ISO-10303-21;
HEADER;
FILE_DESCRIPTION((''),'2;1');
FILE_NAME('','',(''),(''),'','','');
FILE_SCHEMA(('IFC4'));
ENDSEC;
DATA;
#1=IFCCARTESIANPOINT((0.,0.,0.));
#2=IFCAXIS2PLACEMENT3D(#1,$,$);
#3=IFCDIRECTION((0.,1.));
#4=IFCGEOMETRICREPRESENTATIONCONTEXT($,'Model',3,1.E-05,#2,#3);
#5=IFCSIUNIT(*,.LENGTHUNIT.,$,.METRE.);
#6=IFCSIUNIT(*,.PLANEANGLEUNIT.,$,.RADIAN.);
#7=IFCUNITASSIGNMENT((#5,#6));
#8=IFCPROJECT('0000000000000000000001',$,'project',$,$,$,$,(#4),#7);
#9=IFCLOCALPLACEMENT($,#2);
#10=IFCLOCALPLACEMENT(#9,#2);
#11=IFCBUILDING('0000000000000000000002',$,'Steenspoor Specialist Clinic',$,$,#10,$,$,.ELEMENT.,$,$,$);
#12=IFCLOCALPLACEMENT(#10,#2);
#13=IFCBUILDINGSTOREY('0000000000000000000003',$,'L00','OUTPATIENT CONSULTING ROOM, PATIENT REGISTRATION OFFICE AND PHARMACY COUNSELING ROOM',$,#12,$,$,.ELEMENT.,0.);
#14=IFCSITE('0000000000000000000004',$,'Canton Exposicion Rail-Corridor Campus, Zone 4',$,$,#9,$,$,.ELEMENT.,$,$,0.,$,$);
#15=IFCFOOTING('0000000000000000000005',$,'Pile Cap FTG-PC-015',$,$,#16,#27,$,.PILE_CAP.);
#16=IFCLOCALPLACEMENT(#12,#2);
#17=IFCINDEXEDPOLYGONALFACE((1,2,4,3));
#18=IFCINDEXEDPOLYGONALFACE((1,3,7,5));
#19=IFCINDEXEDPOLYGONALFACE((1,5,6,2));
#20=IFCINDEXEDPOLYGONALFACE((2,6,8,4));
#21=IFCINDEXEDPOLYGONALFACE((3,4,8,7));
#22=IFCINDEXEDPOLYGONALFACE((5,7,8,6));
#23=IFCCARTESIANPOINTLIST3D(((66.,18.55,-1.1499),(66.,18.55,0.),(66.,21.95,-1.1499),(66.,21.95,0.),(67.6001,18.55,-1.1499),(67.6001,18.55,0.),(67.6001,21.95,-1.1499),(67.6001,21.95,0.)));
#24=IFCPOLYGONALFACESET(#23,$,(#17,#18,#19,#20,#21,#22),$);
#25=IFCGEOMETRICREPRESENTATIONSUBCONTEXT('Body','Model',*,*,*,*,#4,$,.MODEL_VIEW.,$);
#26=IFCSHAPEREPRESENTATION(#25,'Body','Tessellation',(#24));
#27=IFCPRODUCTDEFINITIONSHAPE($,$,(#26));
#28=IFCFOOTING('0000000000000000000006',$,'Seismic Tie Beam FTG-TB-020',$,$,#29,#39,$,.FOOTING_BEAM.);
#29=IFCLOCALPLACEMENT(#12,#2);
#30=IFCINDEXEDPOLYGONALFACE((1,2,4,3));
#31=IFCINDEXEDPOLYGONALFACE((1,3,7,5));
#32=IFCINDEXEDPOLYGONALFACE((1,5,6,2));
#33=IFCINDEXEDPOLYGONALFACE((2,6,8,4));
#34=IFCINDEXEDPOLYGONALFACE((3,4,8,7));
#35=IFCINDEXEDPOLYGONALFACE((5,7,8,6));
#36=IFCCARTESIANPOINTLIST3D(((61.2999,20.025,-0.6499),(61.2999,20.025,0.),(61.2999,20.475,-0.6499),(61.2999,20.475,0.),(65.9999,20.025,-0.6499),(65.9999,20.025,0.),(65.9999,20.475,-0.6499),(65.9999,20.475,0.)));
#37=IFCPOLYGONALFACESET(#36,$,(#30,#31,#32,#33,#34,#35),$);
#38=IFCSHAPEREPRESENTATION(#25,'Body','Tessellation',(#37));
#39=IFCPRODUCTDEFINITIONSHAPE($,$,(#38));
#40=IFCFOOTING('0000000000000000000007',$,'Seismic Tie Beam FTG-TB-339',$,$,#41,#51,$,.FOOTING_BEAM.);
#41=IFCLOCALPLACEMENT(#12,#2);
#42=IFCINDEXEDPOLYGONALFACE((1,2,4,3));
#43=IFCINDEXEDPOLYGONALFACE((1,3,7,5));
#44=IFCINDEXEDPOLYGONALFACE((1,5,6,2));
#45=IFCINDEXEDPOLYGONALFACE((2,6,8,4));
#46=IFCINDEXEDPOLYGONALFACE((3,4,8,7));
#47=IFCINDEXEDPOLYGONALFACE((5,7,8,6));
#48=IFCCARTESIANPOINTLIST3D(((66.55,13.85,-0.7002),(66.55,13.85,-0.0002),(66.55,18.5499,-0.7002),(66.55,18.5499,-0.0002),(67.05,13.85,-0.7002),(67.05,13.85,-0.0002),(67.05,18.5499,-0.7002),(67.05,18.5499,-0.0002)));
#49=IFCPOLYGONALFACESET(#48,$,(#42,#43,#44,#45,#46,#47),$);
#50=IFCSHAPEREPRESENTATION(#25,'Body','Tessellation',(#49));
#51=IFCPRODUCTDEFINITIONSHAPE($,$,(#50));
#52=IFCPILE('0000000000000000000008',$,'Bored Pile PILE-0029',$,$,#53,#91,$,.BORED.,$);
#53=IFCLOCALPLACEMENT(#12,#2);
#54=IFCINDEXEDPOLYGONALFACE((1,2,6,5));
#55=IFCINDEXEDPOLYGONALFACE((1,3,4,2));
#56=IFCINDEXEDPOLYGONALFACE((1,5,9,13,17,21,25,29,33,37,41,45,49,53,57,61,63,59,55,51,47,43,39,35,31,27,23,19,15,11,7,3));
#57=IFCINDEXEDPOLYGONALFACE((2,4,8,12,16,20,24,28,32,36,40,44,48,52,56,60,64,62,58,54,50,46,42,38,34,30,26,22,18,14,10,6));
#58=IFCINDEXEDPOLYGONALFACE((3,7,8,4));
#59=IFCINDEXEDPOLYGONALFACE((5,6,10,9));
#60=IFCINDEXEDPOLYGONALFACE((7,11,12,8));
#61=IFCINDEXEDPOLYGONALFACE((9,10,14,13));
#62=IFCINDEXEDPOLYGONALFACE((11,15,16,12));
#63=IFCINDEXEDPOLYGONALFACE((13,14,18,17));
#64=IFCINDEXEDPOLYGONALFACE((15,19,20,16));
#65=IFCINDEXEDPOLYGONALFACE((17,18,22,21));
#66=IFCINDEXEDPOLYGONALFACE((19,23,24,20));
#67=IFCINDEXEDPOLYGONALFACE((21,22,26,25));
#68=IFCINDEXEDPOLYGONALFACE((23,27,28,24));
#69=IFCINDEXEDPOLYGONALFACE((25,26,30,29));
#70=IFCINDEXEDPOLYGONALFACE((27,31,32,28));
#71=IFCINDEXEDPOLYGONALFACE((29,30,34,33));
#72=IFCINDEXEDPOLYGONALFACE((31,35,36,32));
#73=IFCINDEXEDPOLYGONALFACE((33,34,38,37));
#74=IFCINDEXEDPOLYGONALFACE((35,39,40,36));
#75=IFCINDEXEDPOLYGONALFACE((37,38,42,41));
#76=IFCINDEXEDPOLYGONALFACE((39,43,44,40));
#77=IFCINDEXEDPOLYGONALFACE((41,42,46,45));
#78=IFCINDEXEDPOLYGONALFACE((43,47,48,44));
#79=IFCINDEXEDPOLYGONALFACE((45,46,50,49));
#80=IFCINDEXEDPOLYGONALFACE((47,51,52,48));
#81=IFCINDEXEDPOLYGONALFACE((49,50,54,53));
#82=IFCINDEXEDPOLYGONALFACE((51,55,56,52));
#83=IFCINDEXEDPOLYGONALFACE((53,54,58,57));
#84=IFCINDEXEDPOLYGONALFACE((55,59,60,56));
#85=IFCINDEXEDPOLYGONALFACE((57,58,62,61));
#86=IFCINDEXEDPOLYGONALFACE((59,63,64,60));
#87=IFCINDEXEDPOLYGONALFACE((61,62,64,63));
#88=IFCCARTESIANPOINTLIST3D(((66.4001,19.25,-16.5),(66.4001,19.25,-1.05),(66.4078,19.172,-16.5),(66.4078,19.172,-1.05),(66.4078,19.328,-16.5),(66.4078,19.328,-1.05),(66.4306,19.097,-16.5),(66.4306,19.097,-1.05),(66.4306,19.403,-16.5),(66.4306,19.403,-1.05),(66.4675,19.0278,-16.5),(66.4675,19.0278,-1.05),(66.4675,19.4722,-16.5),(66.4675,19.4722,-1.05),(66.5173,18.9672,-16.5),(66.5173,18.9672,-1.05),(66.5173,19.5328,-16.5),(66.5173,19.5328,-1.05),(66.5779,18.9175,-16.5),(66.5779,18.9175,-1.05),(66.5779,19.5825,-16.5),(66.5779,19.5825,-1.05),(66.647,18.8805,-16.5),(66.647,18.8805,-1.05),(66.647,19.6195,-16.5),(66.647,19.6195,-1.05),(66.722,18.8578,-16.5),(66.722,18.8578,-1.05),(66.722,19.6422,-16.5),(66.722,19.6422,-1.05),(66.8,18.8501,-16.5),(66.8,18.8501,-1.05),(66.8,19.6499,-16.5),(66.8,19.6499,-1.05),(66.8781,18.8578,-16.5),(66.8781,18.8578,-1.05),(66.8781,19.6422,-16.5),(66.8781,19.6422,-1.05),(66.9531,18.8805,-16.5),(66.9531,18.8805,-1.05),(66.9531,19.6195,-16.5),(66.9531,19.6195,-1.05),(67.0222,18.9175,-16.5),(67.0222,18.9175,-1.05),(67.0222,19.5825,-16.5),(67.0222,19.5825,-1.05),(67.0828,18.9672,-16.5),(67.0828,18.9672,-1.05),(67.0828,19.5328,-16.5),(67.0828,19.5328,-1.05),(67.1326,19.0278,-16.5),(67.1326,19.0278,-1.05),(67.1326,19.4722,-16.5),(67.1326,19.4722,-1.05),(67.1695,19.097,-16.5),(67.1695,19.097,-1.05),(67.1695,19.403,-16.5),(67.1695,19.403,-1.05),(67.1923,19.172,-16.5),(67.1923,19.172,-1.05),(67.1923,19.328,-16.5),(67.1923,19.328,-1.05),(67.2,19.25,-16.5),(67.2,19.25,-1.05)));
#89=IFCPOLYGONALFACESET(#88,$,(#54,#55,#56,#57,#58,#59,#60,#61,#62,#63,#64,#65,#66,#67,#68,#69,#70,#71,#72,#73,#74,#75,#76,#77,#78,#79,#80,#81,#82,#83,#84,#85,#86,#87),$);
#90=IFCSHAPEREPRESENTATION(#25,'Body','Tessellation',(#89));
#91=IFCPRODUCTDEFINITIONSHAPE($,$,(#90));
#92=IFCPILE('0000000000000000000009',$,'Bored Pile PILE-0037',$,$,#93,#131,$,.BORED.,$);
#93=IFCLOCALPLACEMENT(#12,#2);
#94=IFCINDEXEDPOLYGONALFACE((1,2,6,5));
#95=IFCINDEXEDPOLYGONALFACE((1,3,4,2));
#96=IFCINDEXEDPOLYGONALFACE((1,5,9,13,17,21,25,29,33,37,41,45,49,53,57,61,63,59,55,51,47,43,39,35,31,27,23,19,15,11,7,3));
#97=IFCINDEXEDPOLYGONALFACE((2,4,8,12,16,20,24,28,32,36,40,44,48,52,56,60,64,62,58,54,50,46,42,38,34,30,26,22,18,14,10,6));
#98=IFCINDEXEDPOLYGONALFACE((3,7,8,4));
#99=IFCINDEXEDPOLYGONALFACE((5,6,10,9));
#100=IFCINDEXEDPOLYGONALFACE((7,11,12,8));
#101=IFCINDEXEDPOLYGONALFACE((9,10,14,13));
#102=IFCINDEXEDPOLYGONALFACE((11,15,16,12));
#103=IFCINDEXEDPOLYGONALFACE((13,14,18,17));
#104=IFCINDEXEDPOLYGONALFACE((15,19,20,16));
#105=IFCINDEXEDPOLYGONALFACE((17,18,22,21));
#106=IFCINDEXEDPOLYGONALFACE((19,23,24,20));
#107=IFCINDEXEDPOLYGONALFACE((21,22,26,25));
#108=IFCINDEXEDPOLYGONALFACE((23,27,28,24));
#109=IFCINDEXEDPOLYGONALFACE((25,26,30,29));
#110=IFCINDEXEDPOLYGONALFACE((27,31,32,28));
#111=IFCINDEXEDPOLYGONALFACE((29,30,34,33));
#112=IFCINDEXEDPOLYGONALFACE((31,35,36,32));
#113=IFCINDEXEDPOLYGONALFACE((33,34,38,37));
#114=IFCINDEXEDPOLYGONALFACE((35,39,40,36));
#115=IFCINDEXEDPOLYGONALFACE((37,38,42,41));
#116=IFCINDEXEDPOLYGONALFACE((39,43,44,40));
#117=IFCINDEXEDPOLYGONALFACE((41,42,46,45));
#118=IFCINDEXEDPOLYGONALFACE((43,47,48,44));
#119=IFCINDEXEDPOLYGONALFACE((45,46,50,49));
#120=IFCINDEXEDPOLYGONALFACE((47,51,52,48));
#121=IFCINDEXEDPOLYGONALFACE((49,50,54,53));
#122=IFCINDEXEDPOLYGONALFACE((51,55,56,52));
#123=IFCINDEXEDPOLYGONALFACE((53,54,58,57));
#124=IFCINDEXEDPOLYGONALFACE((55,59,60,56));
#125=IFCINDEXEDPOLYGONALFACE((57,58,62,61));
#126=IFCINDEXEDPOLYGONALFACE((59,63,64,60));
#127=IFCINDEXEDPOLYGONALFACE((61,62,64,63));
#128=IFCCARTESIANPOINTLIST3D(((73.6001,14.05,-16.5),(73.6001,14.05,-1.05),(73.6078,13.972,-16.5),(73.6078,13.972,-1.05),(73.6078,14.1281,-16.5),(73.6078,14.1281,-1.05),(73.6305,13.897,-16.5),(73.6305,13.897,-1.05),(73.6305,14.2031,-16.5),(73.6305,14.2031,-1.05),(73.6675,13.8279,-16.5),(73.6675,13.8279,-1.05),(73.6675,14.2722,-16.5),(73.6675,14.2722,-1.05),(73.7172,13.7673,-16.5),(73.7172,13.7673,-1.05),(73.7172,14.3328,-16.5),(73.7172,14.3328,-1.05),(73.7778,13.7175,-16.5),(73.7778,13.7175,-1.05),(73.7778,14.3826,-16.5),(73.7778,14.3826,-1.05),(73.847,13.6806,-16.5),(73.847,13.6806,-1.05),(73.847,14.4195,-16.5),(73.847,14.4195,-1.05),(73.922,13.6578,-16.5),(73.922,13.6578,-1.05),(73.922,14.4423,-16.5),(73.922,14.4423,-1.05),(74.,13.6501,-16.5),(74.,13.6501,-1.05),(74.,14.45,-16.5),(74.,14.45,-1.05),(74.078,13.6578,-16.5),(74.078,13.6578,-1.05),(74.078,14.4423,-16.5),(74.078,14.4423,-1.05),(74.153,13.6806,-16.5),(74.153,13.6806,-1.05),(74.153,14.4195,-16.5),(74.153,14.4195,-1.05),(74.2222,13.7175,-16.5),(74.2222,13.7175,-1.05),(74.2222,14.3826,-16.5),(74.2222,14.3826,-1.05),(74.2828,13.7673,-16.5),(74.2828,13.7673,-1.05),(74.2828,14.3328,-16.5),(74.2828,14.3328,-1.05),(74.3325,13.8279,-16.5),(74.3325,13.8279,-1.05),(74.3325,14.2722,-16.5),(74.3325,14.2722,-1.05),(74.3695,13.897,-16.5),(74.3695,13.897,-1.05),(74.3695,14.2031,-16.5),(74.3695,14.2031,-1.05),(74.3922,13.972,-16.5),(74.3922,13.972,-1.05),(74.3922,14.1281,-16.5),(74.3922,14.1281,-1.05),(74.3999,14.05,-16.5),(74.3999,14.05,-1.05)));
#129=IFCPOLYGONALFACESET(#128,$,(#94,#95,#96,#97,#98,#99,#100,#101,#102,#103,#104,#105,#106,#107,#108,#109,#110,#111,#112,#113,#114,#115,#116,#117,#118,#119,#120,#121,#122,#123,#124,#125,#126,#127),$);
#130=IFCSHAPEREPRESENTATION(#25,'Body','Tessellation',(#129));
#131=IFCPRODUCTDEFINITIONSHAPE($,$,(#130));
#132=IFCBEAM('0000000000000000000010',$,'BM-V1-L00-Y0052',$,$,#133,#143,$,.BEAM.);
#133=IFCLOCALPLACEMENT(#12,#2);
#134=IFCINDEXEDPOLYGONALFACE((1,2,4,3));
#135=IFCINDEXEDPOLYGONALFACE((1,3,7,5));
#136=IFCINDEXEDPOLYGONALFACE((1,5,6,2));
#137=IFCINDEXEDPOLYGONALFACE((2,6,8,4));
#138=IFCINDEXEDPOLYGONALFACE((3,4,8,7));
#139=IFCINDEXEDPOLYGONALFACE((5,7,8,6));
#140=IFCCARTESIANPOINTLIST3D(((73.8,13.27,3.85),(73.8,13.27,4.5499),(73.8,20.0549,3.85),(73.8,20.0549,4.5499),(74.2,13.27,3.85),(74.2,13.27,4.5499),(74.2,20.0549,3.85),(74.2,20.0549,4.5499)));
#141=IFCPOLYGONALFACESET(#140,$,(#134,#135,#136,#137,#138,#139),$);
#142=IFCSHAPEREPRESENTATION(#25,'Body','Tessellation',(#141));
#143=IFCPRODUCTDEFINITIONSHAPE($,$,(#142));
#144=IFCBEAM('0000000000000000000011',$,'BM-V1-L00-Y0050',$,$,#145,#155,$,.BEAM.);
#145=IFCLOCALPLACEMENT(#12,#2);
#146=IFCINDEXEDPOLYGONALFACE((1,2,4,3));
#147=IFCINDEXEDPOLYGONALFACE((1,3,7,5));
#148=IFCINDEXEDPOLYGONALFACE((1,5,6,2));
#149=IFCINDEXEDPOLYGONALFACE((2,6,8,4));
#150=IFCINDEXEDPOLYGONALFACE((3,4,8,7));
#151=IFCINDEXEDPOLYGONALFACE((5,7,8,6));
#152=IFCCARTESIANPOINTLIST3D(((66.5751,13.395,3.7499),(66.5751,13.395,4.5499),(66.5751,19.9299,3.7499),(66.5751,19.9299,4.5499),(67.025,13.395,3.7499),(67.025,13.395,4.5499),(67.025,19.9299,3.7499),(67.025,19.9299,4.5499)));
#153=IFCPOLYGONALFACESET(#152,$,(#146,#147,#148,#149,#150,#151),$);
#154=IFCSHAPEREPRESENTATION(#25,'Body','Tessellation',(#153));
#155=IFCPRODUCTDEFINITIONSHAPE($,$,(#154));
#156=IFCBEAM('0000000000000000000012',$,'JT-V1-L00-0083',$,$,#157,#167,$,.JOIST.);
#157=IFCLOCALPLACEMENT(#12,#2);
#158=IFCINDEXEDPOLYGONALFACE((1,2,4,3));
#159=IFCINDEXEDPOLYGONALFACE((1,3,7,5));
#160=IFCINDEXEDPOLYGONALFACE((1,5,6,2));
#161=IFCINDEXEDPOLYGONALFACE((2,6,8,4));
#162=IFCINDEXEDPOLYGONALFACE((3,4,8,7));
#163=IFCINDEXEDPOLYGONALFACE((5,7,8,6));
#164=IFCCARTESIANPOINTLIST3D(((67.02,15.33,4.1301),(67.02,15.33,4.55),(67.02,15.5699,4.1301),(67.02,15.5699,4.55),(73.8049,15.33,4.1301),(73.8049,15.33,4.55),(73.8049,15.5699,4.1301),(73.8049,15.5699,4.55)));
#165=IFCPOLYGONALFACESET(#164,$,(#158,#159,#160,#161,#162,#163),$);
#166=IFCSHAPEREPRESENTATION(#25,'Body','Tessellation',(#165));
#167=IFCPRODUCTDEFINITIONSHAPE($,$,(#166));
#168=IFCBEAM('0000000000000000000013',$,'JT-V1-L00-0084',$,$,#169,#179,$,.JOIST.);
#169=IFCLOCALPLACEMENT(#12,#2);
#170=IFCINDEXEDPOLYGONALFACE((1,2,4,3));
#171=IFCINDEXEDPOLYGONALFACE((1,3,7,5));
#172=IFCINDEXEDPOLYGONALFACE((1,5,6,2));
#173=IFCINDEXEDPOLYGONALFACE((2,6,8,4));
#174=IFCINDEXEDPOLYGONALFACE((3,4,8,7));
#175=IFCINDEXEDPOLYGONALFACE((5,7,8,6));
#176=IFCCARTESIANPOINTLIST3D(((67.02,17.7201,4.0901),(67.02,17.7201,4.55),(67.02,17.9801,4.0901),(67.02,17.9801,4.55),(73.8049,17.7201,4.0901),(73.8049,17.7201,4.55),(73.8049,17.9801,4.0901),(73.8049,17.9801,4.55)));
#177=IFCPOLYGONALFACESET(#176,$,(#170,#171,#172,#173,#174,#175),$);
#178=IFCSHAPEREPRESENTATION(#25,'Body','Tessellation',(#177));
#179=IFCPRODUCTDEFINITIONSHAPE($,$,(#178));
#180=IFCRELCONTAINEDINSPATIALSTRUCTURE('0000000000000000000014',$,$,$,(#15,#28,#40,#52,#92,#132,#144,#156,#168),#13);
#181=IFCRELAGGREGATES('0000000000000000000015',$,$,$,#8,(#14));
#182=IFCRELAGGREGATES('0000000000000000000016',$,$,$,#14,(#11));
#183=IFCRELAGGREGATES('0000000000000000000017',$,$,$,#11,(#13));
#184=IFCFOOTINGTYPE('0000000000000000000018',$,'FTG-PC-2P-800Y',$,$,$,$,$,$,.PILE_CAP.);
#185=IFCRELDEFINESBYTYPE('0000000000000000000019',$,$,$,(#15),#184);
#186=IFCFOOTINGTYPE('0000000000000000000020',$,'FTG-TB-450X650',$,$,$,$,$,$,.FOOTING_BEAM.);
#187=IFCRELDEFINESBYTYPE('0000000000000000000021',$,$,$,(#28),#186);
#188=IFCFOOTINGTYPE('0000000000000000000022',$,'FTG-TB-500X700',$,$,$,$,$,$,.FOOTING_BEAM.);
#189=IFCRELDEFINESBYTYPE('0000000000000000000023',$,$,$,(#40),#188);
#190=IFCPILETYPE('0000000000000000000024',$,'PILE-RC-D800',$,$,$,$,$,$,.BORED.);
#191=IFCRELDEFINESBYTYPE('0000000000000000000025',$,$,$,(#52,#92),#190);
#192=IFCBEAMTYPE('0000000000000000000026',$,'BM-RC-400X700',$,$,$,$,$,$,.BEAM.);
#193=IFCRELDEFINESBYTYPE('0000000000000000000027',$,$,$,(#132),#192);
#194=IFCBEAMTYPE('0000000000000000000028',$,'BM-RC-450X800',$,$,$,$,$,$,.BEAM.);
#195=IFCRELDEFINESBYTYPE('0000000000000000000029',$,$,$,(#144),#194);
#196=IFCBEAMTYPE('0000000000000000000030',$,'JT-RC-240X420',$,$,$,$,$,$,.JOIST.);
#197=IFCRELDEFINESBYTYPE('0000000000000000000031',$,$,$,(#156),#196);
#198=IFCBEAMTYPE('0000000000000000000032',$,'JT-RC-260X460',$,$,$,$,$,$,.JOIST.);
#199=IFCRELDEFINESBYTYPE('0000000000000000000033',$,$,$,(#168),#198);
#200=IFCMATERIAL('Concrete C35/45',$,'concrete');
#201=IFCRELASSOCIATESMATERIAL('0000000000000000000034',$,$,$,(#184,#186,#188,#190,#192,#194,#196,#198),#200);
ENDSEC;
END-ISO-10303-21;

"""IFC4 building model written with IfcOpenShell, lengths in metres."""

from ifc_helpers import new_model, si_unit, direction, frame, origin, origin_2d, place, context, subcontext, project, spatial, rectangle, circle, extrude, material, material_profile, profile_set, type_object, element, save


model = new_model("IFC4")

# Units and contexts
model_context = context("Model", 3, precision=1e-05, world=origin(), true_north=direction((0.0, 1.0)))
body_context = subcontext(model_context, "Body", "Model", "MODEL_VIEW")
ifc_project = project(units=[si_unit("LENGTHUNIT", "METRE"), si_unit("PLANEANGLEUNIT", "RADIAN")], contexts=[model_context])

# Site, building, storey
site_placement = place(None, origin())
site = spatial("IfcSite", under=ifc_project, at=site_placement, Name="Canton Exposicion Rail-Corridor Campus, Zone 4", CompositionType="ELEMENT", RefElevation=0.0)
building_placement = place(site_placement, origin())
building = spatial("IfcBuilding", under=site, at=building_placement, Name="Steenspoor Specialist Clinic", CompositionType="ELEMENT")
storey_placement = place(building_placement, origin())
storey = spatial("IfcBuildingStorey", under=building, at=storey_placement, Name="L00", Description="OUTPATIENT CONSULTING ROOM, PATIENT REGISTRATION OFFICE AND PHARMACY COUNSELING ROOM", CompositionType="ELEMENT", Elevation=0.0)

# Footings
ifc_material_1 = material(Name="Concrete C35/45", Category="concrete")
footing_type_1 = type_object("IfcFootingType", Name="FTG-PC-2P-800Y", PredefinedType="PILE_CAP", material=ifc_material_1)
footing_1_placement = place(storey_placement, frame((66.8, 20.25, -1.1499), z_axis=(0.0, 0.0, 1.0), x_axis=(1.0, 0.0, 0.0)))
element("IfcFooting", 1, at=footing_1_placement, inside=storey, type_object=footing_type_1, Name="Pile Cap FTG-PC-015", PredefinedType="PILE_CAP", context=body_context, shape_type="SweptSolid", body=[
    extrude(rectangle(XDim=1.6001, YDim=3.3999, at=origin_2d()), origin(), (0.0, 0.0, 1.0), 1.1499),
])
footing_type_2 = type_object("IfcFootingType", Name="FTG-TB-450X650", PredefinedType="FOOTING_BEAM", material=ifc_material_1)
footing_2_placement = place(storey_placement, frame((63.6499, 20.25, -0.6499), z_axis=(0.0, 0.0, 1.0), x_axis=(1.0, 0.0, 0.0)))
element("IfcFooting", 2, at=footing_2_placement, inside=storey, type_object=footing_type_2, Name="Seismic Tie Beam FTG-TB-020", PredefinedType="FOOTING_BEAM", context=body_context, shape_type="SweptSolid", body=[
    extrude(rectangle(XDim=4.7, YDim=0.45, at=origin_2d()), origin(), (0.0, 0.0, 1.0), 0.6499),
])
footing_type_3 = type_object("IfcFootingType", Name="FTG-TB-500X700", PredefinedType="FOOTING_BEAM", material=ifc_material_1)
footing_3_placement = place(storey_placement, frame((66.8, 16.2, -0.7002), z_axis=(0.0, 0.0, 1.0), x_axis=(1.0, 0.0, 0.0)))
element("IfcFooting", 3, at=footing_3_placement, inside=storey, type_object=footing_type_3, Name="Seismic Tie Beam FTG-TB-339", PredefinedType="FOOTING_BEAM", context=body_context, shape_type="SweptSolid", body=[
    extrude(rectangle(XDim=0.5, YDim=4.7, at=origin_2d()), origin(), (0.0, 0.0, 1.0), 0.7),
])

# Piles
ifc_material_profile_1 = material_profile(ifc_material_1, circle(Radius=0.3999, at=origin_2d()), Name="PILE-D800")
ifc_profile_set_1 = profile_set([ifc_material_profile_1], Name="Concrete C35/45")
pile_type = type_object("IfcPileType", Name="PILE-RC-D800", PredefinedType="BORED", material=ifc_profile_set_1)
for number, where, z_axis, x_axis, name in (
    (4, (66.8, 19.25, -1.05), (0.0, 0.0, -1.0), (1.0, 0.0, 0.0), "Bored Pile PILE-0029"),
    (5, (74.0, 14.05, -1.05), (0.0, 0.0, -1.0), (1.0, 0.0, 0.0), "Bored Pile PILE-0037"),
):
    element("IfcPile", number, at=place(storey_placement, frame(where, z_axis=z_axis, x_axis=x_axis)), inside=storey, type_object=pile_type, Name=name, PredefinedType="BORED", context=body_context, shape_type="SweptSolid", body=[
        extrude(circle(Radius=0.3999, at=origin_2d()), origin(), (0.0, 0.0, 1.0), 15.45),
    ])

# Beams
ifc_material_profile_2 = material_profile(ifc_material_1, rectangle(XDim=0.3999, YDim=0.7, at=origin_2d()), Name="RC-BM-400X700")
ifc_profile_set_2 = profile_set([ifc_material_profile_2], Name="Concrete C35/45")
beam_type_1 = type_object("IfcBeamType", Name="BM-RC-400X700", PredefinedType="BEAM", material=ifc_profile_set_2)
beam_1_placement = place(storey_placement, frame((74.0, 13.27, 4.2), z_axis=(0.0, 1.0, 0.0), x_axis=(-1.0, 0.0, 0.0)))
element("IfcBeam", 6, at=beam_1_placement, inside=storey, type_object=beam_type_1, Name="BM-V1-L00-Y0052", PredefinedType="BEAM", context=body_context, shape_type="SweptSolid", body=[
    extrude(rectangle(XDim=0.3999, YDim=0.7, at=origin_2d()), origin(), (0.0, 0.0, 1.0), 6.7849),
])
ifc_material_profile_3 = material_profile(ifc_material_1, rectangle(XDim=0.45, YDim=0.8, at=origin_2d()), Name="RC-BM-450X800")
ifc_profile_set_3 = profile_set([ifc_material_profile_3], Name="Concrete C35/45")
beam_type_2 = type_object("IfcBeamType", Name="BM-RC-450X800", PredefinedType="BEAM", material=ifc_profile_set_3)
beam_2_placement = place(storey_placement, frame((66.8, 13.395, 4.1499), z_axis=(0.0, 1.0, 0.0), x_axis=(-1.0, 0.0, 0.0)))
element("IfcBeam", 7, at=beam_2_placement, inside=storey, type_object=beam_type_2, Name="BM-V1-L00-Y0050", PredefinedType="BEAM", context=body_context, shape_type="SweptSolid", body=[
    extrude(rectangle(XDim=0.45, YDim=0.8, at=origin_2d()), origin(), (0.0, 0.0, 1.0), 6.5349),
])
ifc_material_profile_4 = material_profile(ifc_material_1, rectangle(XDim=0.24, YDim=0.4199, at=origin_2d()), Name="RC-JT-240X420")
ifc_profile_set_4 = profile_set([ifc_material_profile_4], Name="Concrete C35/45")
beam_type_3 = type_object("IfcBeamType", Name="JT-RC-240X420", PredefinedType="JOIST", material=ifc_profile_set_4)
beam_3_placement = place(storey_placement, frame((67.02, 15.45, 4.3401), z_axis=(1.0, 0.0, 0.0), x_axis=(0.0, 1.0, 0.0)))
element("IfcBeam", 8, at=beam_3_placement, inside=storey, type_object=beam_type_3, Name="JT-V1-L00-0083", PredefinedType="JOIST", context=body_context, shape_type="SweptSolid", body=[
    extrude(rectangle(XDim=0.24, YDim=0.4199, at=origin_2d()), origin(), (0.0, 0.0, 1.0), 6.7849),
])
ifc_material_profile_5 = material_profile(ifc_material_1, rectangle(XDim=0.26, YDim=0.46, at=origin_2d()), Name="RC-JT-260X460")
ifc_profile_set_5 = profile_set([ifc_material_profile_5], Name="Concrete C35/45")
beam_type_4 = type_object("IfcBeamType", Name="JT-RC-260X460", PredefinedType="JOIST", material=ifc_profile_set_5)
beam_4_placement = place(storey_placement, frame((67.02, 17.8501, 4.3201), z_axis=(1.0, 0.0, 0.0), x_axis=(0.0, 1.0, 0.0)))
element("IfcBeam", 9, at=beam_4_placement, inside=storey, type_object=beam_type_4, Name="JT-V1-L00-0084", PredefinedType="JOIST", context=body_context, shape_type="SweptSolid", body=[
    extrude(rectangle(XDim=0.26, YDim=0.46, at=origin_2d()), origin(), (0.0, 0.0, 1.0), 6.7849),
])

save(model, "model.ifc")
